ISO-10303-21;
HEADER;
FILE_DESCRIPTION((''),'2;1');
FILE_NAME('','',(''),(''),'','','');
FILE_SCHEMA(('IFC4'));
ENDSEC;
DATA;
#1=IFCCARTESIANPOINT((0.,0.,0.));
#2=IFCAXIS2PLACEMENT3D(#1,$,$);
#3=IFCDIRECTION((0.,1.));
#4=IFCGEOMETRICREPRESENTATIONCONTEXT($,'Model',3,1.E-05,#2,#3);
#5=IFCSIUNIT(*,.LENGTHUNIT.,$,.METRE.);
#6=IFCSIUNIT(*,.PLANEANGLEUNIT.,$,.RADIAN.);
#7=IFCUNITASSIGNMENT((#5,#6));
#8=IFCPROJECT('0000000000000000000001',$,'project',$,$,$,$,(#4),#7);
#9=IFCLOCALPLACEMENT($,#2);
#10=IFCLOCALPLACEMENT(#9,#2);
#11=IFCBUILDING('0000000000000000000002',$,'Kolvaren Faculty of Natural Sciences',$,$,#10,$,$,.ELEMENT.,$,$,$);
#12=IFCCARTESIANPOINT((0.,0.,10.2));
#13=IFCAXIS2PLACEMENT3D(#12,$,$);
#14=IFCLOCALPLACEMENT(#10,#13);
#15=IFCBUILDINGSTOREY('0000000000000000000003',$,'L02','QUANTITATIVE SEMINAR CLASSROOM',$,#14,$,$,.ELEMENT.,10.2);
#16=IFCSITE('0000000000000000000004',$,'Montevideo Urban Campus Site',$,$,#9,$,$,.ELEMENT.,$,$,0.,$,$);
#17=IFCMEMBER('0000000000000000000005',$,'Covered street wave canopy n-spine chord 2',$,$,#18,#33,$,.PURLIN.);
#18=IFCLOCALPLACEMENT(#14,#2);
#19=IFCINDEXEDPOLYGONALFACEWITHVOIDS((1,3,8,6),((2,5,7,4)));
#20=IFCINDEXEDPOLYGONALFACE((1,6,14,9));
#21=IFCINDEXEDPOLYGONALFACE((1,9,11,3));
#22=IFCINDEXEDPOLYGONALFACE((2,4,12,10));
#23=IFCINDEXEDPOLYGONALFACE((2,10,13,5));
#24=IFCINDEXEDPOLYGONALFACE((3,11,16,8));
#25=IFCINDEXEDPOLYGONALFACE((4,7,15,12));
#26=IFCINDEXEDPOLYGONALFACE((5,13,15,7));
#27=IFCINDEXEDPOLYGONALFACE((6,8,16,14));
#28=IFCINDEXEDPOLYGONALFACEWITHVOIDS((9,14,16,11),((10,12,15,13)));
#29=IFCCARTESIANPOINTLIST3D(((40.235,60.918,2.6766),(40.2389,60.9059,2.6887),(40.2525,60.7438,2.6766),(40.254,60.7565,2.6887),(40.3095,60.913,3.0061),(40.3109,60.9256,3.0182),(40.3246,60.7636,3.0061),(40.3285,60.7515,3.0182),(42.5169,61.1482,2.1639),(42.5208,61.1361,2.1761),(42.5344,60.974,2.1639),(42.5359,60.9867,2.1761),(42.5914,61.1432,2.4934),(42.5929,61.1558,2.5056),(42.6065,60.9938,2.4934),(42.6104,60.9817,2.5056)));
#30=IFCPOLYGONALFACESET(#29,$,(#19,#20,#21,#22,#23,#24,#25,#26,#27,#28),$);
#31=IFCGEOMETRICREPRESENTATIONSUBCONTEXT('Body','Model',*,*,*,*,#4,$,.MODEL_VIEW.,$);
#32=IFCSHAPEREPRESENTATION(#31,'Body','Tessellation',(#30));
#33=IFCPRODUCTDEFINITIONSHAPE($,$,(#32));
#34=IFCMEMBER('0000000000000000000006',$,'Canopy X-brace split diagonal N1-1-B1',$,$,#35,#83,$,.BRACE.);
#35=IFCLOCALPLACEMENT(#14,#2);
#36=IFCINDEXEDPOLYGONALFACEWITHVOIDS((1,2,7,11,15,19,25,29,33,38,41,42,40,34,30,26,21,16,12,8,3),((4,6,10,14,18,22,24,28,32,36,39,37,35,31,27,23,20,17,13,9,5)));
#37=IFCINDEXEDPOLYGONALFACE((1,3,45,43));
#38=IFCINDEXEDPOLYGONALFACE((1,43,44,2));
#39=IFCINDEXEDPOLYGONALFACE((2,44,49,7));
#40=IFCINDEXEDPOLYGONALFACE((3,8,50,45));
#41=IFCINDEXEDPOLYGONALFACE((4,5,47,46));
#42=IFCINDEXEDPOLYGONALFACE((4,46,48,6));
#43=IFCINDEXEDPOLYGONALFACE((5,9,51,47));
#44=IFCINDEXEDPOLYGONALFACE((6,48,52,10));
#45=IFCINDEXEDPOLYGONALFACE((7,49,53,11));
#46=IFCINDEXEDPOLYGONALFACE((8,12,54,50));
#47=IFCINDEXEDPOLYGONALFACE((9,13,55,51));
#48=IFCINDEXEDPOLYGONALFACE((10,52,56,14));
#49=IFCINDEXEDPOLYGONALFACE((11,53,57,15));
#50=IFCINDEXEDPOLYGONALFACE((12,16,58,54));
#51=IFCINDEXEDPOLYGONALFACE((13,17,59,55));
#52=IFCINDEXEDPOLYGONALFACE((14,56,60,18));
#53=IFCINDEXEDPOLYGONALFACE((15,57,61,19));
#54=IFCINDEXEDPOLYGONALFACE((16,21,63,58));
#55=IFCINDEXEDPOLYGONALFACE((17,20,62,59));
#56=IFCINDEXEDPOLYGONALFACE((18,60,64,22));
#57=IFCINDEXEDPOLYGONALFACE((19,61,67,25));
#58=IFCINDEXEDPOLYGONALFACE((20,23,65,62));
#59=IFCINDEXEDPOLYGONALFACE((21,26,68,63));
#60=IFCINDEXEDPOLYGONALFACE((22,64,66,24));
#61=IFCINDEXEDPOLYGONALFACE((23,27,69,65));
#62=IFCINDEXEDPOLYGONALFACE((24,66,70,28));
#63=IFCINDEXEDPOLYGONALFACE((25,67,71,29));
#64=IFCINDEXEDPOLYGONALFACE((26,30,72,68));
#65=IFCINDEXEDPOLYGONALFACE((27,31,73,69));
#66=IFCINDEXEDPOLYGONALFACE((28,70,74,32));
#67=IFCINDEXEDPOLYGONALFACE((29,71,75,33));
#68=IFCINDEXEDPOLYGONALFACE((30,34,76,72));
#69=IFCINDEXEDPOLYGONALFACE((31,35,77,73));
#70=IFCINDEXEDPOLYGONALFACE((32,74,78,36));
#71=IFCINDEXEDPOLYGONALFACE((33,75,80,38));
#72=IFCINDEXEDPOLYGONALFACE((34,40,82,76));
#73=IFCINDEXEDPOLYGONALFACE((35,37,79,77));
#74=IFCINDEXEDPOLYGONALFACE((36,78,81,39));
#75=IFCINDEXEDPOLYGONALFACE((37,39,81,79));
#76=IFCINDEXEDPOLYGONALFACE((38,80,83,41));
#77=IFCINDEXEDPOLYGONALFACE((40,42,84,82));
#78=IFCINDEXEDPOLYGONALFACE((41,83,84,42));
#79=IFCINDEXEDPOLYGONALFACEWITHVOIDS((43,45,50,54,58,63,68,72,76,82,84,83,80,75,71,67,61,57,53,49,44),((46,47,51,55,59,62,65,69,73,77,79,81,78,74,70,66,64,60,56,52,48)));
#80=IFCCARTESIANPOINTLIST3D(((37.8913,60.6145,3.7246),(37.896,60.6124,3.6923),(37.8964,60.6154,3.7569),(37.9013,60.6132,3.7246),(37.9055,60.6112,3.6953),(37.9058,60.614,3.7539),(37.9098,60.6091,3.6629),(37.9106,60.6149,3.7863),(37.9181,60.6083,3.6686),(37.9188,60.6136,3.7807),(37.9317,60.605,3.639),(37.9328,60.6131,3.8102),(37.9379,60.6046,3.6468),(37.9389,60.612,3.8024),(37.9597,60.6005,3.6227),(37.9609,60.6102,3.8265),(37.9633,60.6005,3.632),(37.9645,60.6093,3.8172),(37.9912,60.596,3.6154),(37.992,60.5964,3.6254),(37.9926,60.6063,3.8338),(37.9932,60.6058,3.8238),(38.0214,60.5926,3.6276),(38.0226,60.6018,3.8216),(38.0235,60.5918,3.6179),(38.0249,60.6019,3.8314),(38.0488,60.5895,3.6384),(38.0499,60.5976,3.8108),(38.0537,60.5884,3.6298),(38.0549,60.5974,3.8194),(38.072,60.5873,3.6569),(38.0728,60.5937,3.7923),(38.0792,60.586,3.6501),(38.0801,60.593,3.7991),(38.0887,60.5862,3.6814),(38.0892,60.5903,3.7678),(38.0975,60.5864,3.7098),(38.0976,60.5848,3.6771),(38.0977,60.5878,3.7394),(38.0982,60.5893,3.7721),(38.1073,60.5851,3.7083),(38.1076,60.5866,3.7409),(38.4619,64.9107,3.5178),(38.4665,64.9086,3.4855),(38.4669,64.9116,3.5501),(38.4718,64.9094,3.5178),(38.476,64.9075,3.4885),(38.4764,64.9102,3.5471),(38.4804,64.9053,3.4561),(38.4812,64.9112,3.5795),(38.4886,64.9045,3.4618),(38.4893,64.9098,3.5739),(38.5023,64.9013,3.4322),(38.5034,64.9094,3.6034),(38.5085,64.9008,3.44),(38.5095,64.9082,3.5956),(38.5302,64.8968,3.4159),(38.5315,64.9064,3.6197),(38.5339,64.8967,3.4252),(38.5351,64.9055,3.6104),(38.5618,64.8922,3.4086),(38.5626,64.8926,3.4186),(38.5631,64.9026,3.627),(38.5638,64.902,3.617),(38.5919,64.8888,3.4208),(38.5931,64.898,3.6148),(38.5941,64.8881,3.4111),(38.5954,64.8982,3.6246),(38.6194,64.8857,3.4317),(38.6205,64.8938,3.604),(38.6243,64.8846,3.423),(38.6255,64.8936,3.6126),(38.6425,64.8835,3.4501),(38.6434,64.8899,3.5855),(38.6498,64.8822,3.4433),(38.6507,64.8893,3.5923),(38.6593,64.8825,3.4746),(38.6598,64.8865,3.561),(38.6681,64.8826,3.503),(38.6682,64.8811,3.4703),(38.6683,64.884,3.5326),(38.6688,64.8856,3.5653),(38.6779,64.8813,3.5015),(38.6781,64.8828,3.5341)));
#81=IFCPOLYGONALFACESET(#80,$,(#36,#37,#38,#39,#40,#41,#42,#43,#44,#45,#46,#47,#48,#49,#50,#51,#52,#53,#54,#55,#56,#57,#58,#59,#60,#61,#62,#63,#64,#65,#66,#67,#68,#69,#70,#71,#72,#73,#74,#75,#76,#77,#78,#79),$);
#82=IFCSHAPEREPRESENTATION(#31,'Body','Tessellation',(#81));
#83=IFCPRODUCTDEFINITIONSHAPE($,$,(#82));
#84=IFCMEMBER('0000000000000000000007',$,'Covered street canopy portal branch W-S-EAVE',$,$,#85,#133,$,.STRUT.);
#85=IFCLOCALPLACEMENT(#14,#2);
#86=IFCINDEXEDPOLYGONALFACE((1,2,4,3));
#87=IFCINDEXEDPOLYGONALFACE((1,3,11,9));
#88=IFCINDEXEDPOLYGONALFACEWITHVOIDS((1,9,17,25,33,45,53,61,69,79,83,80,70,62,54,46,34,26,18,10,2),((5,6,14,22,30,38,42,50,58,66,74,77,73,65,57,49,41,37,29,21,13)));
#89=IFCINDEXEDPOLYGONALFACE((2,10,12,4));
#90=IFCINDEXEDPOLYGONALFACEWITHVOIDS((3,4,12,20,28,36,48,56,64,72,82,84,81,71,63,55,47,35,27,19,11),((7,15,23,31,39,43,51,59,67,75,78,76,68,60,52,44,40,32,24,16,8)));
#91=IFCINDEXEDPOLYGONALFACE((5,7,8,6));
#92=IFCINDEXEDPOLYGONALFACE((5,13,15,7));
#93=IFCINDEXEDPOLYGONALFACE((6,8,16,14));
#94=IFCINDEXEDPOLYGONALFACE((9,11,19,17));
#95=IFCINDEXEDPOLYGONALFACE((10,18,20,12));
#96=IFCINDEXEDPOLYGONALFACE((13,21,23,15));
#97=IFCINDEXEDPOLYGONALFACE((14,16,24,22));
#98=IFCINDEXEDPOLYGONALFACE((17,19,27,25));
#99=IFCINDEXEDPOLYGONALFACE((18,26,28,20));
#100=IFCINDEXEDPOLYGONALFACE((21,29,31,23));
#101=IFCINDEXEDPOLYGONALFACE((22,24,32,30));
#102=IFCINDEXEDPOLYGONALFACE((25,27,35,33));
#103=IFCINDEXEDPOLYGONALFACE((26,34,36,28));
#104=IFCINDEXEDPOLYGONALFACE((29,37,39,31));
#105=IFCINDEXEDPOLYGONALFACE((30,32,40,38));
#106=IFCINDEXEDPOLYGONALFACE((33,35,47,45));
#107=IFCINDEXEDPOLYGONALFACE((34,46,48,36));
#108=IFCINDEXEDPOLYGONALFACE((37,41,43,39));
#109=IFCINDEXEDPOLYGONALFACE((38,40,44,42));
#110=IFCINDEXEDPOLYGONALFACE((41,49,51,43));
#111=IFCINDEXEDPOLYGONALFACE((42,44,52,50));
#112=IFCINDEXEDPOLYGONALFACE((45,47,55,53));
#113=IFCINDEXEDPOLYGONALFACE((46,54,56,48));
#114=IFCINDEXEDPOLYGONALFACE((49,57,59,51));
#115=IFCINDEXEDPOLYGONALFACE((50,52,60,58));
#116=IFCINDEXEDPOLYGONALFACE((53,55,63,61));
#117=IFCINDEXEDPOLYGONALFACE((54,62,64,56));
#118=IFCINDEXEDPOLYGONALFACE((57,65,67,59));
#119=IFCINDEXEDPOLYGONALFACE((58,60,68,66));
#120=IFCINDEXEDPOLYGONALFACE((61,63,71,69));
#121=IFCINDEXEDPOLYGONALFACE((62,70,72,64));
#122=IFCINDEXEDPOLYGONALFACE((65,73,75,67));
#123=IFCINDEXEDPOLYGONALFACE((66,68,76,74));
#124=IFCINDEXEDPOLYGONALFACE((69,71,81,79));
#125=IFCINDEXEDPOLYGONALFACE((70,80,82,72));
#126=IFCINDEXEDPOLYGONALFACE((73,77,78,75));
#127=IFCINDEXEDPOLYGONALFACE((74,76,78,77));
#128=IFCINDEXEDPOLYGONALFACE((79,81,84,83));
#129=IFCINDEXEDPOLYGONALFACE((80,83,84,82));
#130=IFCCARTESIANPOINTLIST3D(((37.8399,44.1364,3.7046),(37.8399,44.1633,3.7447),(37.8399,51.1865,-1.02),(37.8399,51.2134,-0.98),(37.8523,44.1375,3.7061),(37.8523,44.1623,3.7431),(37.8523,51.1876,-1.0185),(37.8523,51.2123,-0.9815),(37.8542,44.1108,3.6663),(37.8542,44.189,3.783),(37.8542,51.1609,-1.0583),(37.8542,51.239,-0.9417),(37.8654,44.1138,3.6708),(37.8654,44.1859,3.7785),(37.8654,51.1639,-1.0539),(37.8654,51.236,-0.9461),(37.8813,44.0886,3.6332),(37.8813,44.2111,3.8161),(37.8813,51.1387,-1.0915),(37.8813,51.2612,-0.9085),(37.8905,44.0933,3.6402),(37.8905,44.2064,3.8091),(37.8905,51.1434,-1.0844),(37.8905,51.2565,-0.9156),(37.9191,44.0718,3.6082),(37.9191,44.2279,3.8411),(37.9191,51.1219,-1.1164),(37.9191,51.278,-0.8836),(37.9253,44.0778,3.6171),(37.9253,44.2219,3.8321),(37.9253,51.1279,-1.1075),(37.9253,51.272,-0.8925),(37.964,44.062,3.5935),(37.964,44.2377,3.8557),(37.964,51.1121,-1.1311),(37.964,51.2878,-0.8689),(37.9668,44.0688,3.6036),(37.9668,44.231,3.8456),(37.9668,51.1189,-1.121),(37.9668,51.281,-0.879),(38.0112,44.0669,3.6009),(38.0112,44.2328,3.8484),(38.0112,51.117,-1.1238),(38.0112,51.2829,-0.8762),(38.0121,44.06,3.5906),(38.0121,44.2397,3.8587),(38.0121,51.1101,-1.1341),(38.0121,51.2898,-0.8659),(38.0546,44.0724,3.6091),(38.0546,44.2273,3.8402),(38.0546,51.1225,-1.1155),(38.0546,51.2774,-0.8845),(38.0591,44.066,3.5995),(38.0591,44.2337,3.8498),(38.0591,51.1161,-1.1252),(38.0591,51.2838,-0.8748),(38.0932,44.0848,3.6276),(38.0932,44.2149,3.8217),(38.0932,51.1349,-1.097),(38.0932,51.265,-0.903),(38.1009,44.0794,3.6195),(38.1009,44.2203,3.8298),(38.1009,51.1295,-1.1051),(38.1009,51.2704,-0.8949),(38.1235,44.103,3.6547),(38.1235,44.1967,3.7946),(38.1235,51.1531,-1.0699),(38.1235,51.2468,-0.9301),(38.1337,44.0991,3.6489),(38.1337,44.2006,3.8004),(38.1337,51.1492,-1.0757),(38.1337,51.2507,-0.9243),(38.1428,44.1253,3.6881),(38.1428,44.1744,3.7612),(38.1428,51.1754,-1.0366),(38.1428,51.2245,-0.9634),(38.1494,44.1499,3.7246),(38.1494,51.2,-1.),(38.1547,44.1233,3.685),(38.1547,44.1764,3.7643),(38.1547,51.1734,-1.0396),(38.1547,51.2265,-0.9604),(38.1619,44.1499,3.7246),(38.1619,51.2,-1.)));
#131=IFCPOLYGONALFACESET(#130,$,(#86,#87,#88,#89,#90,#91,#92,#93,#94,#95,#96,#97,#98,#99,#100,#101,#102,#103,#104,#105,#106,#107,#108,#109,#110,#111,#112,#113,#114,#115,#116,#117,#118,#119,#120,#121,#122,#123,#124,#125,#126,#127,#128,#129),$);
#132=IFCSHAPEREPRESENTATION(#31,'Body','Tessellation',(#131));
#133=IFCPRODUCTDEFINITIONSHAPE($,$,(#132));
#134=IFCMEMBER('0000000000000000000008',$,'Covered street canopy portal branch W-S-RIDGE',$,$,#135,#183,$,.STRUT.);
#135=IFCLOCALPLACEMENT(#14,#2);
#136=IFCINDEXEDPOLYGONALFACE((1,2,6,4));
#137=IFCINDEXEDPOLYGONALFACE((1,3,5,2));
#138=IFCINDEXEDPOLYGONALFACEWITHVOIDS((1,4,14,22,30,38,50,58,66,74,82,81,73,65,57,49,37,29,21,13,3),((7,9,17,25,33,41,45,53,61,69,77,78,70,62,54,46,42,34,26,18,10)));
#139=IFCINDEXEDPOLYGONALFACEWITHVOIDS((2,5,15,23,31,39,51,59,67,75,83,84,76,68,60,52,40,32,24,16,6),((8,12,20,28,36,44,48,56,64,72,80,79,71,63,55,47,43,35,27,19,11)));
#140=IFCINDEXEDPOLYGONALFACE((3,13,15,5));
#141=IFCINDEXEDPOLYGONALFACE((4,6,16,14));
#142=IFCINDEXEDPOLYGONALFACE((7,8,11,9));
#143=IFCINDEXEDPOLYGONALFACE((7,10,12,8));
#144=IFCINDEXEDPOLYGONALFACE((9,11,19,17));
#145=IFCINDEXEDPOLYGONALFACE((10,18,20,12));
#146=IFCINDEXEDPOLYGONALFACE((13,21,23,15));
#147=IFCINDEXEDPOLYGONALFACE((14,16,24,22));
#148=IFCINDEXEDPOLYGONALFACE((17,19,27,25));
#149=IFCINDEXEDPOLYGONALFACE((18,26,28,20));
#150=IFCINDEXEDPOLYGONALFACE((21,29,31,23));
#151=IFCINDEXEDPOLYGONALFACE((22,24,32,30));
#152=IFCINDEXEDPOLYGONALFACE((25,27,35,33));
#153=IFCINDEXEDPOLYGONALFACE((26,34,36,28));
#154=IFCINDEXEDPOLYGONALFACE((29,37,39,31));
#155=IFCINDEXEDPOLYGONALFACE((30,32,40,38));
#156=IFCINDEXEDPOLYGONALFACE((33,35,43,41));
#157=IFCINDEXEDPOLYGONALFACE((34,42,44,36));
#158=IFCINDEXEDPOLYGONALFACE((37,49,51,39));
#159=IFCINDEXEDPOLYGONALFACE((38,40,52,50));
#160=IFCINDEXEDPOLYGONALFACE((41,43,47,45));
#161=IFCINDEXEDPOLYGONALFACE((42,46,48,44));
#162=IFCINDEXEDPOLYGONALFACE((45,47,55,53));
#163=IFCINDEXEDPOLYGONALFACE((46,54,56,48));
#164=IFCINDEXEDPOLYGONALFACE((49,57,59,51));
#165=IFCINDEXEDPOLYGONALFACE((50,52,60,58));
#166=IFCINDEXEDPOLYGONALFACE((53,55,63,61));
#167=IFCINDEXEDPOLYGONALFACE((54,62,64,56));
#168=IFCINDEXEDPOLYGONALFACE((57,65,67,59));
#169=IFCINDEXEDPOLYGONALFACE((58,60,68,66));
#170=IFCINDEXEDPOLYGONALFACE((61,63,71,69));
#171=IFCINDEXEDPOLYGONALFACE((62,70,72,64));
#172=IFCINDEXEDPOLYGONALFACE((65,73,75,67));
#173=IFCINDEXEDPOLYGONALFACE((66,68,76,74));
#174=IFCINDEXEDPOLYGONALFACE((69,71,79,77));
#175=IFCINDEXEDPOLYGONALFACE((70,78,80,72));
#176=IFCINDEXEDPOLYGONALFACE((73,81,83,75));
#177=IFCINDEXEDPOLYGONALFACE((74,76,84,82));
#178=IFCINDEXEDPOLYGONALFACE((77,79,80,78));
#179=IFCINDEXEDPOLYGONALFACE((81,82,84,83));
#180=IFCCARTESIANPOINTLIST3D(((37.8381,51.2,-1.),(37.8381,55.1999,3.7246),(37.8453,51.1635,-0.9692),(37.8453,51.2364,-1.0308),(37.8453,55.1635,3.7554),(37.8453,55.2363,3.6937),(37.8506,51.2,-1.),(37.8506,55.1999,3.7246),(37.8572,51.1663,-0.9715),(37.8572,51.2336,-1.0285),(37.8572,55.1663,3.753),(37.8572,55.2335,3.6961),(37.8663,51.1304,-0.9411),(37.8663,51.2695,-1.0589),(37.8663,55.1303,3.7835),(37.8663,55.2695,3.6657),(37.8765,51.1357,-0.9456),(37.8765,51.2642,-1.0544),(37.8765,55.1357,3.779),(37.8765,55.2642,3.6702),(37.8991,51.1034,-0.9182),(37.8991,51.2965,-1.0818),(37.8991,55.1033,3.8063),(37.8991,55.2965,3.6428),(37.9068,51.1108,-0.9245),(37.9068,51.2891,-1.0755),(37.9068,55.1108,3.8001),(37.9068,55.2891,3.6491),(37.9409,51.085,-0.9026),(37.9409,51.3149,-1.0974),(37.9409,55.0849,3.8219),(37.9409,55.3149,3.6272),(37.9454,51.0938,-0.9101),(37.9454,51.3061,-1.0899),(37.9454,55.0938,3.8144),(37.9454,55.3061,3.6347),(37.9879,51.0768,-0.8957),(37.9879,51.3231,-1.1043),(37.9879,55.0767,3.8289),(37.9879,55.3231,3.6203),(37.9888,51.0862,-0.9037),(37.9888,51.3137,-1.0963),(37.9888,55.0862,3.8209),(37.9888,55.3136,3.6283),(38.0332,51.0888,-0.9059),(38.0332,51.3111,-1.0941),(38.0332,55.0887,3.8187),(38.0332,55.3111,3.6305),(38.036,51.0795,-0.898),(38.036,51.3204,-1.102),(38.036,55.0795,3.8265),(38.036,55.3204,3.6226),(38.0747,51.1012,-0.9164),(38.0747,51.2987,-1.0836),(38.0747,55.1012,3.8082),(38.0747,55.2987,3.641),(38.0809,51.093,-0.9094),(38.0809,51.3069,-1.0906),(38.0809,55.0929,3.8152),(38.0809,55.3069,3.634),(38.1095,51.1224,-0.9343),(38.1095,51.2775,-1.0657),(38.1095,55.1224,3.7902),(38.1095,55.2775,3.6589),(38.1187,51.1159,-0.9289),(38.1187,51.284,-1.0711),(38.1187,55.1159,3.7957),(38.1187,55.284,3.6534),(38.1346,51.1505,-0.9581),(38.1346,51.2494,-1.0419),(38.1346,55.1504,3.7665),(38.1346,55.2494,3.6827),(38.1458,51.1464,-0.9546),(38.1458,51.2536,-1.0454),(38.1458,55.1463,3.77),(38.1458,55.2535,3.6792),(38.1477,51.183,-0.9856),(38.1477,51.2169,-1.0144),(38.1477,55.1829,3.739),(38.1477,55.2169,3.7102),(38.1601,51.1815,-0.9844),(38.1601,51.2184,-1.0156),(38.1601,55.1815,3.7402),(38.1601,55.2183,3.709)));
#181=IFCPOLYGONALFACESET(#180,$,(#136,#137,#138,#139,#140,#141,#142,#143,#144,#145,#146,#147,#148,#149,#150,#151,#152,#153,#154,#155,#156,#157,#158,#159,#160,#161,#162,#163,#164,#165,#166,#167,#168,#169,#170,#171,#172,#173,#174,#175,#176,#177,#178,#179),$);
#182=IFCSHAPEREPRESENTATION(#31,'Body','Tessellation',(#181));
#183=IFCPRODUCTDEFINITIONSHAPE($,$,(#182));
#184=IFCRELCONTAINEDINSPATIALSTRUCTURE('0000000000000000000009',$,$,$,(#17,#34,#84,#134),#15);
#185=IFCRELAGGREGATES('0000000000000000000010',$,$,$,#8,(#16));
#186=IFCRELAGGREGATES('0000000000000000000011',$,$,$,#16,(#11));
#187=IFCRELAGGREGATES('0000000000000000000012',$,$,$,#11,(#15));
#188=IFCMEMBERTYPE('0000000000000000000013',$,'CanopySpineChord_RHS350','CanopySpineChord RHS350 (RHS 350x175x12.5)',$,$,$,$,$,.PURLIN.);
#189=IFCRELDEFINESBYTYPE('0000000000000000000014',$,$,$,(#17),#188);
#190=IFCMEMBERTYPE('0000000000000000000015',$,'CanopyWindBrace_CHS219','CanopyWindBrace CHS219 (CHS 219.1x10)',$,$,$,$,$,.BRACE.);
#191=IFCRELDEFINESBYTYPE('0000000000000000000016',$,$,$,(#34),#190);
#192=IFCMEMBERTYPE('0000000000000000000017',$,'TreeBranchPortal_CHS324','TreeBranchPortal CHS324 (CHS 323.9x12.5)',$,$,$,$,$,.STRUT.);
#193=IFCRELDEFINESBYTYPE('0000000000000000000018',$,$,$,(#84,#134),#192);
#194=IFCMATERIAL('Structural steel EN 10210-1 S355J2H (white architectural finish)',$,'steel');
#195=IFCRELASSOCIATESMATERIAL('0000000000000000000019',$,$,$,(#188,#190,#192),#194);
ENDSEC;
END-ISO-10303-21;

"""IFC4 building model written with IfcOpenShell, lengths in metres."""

from ifc_helpers import new_model, si_unit, direction, frame, origin, origin_2d, place, context, subcontext, project, spatial, hollow_rectangle, hollow_circle, extrude, material, material_profile, profile_set, type_object, element, save


model = new_model("IFC4")

# Units and contexts
model_context = context("Model", 3, precision=1e-05, world=origin(), true_north=direction((0.0, 1.0)))
body_context = subcontext(model_context, "Body", "Model", "MODEL_VIEW")
ifc_project = project(units=[si_unit("LENGTHUNIT", "METRE"), si_unit("PLANEANGLEUNIT", "RADIAN")], contexts=[model_context])

# Site, building, storey
site_placement = place(None, origin())
site = spatial("IfcSite", under=ifc_project, at=site_placement, Name="Montevideo Urban Campus Site", CompositionType="ELEMENT", RefElevation=0.0)
building_placement = place(site_placement, origin())
building = spatial("IfcBuilding", under=site, at=building_placement, Name="Kolvaren Faculty of Natural Sciences", CompositionType="ELEMENT")
storey_placement = place(building_placement, frame((0.0, 0.0, 10.2)))
storey = spatial("IfcBuildingStorey", under=building, at=storey_placement, Name="L02", Description="QUANTITATIVE SEMINAR CLASSROOM", CompositionType="ELEMENT", Elevation=10.2)

# Shared definitions
ifc_material_1 = material(Name="Structural steel EN 10210-1 S355J2H (white architectural finish)", Category="steel")

# Members
ifc_material_profile_1 = material_profile(ifc_material_1, hollow_rectangle(XDim=0.175, YDim=0.3501, WallThickness=0.0125, at=origin_2d()), Name="RHS 350x175x12.5")
ifc_profile_set_1 = profile_set([ifc_material_profile_1], Name="Structural steel EN 10210-1 S355J2H (white architectural finish)")
member_type_1 = type_object("IfcMemberType", Name="CanopySpineChord_RHS350", Description="CanopySpineChord RHS350 (RHS 350x175x12.5)", PredefinedType="PURLIN", material=ifc_profile_set_1)
member_1_placement = place(storey_placement, frame((40.2817, 60.8347, 2.8474), z_axis=(0.970986, 0.097961, -0.218152), x_axis=(-0.100378, 0.994949, 0.0)))
element("IfcMember", 1, at=member_1_placement, inside=storey, type_object=member_type_1, Name="Covered street wave canopy n-spine chord 2", PredefinedType="PURLIN", context=body_context, shape_type="SweptSolid", body=[
    extrude(hollow_rectangle(XDim=0.175, YDim=0.3501, WallThickness=0.0125, at=origin_2d()), origin(), (0.0, 0.0, 1.0), 2.3501),
])
ifc_material_profile_2 = material_profile(ifc_material_1, hollow_circle(Radius=0.1096, WallThickness=0.01, at=origin_2d()), Name="CHS 219.1x10")
ifc_profile_set_2 = profile_set([ifc_material_profile_2], Name="Structural steel EN 10210-1 S355J2H (white architectural finish)")
member_type_2 = type_object("IfcMemberType", Name="CanopyWindBrace_CHS219", Description="CanopyWindBrace CHS219 (CHS 219.1x10)", PredefinedType="BRACE", material=ifc_profile_set_2)
member_2_placement = place(storey_placement, frame((38.0, 60.6001, 3.7246), z_axis=(0.131501, 0.99017, -0.04766), x_axis=(-0.991296, 0.131651, 0.0)))
element("IfcMember", 2, at=member_2_placement, inside=storey, type_object=member_type_2, Name="Canopy X-brace split diagonal N1-1-B1", PredefinedType="BRACE", context=body_context, shape_type="SweptSolid", body=[
    extrude(hollow_circle(Radius=0.1096, WallThickness=0.01, at=origin_2d()), origin(), (0.0, 0.0, 1.0), 4.3389),
])
ifc_material_profile_3 = material_profile(ifc_material_1, hollow_circle(Radius=0.1619, WallThickness=0.0125, at=origin_2d()), Name="CHS 323.9x12.5")
ifc_profile_set_3 = profile_set([ifc_material_profile_3], Name="Structural steel EN 10210-1 S355J2H (white architectural finish)")
member_type_3 = type_object("IfcMemberType", Name="TreeBranchPortal_CHS324", Description="TreeBranchPortal CHS324 (CHS 323.9x12.5)", PredefinedType="STRUT", material=ifc_profile_set_3)
member_3_placement = place(storey_placement, frame((38.0, 51.2, -1.0), z_axis=(0.0, -0.830711, 0.556703), x_axis=(1.0, 0.0, 0.0)))
element("IfcMember", 3, at=member_3_placement, inside=storey, type_object=member_type_3, Name="Covered street canopy portal branch W-S-EAVE", PredefinedType="STRUT", context=body_context, shape_type="SweptSolid", body=[
    extrude(hollow_circle(Radius=0.1619, WallThickness=0.0125, at=origin_2d()), origin(), (0.0, 0.0, 1.0), 8.4868),
])
member_4_placement = place(storey_placement, frame((38.0, 51.2, -1.0), z_axis=(0.0, 0.646154, 0.763207), x_axis=(-1.0, 0.0, 0.0)))
element("IfcMember", 4, at=member_4_placement, inside=storey, type_object=member_type_3, Name="Covered street canopy portal branch W-S-RIDGE", PredefinedType="STRUT", context=body_context, shape_type="SweptSolid", body=[
    extrude(hollow_circle(Radius=0.1619, WallThickness=0.0125, at=origin_2d()), origin(), (0.0, 0.0, 1.0), 6.1904),
])

save(model, "model.ifc")
